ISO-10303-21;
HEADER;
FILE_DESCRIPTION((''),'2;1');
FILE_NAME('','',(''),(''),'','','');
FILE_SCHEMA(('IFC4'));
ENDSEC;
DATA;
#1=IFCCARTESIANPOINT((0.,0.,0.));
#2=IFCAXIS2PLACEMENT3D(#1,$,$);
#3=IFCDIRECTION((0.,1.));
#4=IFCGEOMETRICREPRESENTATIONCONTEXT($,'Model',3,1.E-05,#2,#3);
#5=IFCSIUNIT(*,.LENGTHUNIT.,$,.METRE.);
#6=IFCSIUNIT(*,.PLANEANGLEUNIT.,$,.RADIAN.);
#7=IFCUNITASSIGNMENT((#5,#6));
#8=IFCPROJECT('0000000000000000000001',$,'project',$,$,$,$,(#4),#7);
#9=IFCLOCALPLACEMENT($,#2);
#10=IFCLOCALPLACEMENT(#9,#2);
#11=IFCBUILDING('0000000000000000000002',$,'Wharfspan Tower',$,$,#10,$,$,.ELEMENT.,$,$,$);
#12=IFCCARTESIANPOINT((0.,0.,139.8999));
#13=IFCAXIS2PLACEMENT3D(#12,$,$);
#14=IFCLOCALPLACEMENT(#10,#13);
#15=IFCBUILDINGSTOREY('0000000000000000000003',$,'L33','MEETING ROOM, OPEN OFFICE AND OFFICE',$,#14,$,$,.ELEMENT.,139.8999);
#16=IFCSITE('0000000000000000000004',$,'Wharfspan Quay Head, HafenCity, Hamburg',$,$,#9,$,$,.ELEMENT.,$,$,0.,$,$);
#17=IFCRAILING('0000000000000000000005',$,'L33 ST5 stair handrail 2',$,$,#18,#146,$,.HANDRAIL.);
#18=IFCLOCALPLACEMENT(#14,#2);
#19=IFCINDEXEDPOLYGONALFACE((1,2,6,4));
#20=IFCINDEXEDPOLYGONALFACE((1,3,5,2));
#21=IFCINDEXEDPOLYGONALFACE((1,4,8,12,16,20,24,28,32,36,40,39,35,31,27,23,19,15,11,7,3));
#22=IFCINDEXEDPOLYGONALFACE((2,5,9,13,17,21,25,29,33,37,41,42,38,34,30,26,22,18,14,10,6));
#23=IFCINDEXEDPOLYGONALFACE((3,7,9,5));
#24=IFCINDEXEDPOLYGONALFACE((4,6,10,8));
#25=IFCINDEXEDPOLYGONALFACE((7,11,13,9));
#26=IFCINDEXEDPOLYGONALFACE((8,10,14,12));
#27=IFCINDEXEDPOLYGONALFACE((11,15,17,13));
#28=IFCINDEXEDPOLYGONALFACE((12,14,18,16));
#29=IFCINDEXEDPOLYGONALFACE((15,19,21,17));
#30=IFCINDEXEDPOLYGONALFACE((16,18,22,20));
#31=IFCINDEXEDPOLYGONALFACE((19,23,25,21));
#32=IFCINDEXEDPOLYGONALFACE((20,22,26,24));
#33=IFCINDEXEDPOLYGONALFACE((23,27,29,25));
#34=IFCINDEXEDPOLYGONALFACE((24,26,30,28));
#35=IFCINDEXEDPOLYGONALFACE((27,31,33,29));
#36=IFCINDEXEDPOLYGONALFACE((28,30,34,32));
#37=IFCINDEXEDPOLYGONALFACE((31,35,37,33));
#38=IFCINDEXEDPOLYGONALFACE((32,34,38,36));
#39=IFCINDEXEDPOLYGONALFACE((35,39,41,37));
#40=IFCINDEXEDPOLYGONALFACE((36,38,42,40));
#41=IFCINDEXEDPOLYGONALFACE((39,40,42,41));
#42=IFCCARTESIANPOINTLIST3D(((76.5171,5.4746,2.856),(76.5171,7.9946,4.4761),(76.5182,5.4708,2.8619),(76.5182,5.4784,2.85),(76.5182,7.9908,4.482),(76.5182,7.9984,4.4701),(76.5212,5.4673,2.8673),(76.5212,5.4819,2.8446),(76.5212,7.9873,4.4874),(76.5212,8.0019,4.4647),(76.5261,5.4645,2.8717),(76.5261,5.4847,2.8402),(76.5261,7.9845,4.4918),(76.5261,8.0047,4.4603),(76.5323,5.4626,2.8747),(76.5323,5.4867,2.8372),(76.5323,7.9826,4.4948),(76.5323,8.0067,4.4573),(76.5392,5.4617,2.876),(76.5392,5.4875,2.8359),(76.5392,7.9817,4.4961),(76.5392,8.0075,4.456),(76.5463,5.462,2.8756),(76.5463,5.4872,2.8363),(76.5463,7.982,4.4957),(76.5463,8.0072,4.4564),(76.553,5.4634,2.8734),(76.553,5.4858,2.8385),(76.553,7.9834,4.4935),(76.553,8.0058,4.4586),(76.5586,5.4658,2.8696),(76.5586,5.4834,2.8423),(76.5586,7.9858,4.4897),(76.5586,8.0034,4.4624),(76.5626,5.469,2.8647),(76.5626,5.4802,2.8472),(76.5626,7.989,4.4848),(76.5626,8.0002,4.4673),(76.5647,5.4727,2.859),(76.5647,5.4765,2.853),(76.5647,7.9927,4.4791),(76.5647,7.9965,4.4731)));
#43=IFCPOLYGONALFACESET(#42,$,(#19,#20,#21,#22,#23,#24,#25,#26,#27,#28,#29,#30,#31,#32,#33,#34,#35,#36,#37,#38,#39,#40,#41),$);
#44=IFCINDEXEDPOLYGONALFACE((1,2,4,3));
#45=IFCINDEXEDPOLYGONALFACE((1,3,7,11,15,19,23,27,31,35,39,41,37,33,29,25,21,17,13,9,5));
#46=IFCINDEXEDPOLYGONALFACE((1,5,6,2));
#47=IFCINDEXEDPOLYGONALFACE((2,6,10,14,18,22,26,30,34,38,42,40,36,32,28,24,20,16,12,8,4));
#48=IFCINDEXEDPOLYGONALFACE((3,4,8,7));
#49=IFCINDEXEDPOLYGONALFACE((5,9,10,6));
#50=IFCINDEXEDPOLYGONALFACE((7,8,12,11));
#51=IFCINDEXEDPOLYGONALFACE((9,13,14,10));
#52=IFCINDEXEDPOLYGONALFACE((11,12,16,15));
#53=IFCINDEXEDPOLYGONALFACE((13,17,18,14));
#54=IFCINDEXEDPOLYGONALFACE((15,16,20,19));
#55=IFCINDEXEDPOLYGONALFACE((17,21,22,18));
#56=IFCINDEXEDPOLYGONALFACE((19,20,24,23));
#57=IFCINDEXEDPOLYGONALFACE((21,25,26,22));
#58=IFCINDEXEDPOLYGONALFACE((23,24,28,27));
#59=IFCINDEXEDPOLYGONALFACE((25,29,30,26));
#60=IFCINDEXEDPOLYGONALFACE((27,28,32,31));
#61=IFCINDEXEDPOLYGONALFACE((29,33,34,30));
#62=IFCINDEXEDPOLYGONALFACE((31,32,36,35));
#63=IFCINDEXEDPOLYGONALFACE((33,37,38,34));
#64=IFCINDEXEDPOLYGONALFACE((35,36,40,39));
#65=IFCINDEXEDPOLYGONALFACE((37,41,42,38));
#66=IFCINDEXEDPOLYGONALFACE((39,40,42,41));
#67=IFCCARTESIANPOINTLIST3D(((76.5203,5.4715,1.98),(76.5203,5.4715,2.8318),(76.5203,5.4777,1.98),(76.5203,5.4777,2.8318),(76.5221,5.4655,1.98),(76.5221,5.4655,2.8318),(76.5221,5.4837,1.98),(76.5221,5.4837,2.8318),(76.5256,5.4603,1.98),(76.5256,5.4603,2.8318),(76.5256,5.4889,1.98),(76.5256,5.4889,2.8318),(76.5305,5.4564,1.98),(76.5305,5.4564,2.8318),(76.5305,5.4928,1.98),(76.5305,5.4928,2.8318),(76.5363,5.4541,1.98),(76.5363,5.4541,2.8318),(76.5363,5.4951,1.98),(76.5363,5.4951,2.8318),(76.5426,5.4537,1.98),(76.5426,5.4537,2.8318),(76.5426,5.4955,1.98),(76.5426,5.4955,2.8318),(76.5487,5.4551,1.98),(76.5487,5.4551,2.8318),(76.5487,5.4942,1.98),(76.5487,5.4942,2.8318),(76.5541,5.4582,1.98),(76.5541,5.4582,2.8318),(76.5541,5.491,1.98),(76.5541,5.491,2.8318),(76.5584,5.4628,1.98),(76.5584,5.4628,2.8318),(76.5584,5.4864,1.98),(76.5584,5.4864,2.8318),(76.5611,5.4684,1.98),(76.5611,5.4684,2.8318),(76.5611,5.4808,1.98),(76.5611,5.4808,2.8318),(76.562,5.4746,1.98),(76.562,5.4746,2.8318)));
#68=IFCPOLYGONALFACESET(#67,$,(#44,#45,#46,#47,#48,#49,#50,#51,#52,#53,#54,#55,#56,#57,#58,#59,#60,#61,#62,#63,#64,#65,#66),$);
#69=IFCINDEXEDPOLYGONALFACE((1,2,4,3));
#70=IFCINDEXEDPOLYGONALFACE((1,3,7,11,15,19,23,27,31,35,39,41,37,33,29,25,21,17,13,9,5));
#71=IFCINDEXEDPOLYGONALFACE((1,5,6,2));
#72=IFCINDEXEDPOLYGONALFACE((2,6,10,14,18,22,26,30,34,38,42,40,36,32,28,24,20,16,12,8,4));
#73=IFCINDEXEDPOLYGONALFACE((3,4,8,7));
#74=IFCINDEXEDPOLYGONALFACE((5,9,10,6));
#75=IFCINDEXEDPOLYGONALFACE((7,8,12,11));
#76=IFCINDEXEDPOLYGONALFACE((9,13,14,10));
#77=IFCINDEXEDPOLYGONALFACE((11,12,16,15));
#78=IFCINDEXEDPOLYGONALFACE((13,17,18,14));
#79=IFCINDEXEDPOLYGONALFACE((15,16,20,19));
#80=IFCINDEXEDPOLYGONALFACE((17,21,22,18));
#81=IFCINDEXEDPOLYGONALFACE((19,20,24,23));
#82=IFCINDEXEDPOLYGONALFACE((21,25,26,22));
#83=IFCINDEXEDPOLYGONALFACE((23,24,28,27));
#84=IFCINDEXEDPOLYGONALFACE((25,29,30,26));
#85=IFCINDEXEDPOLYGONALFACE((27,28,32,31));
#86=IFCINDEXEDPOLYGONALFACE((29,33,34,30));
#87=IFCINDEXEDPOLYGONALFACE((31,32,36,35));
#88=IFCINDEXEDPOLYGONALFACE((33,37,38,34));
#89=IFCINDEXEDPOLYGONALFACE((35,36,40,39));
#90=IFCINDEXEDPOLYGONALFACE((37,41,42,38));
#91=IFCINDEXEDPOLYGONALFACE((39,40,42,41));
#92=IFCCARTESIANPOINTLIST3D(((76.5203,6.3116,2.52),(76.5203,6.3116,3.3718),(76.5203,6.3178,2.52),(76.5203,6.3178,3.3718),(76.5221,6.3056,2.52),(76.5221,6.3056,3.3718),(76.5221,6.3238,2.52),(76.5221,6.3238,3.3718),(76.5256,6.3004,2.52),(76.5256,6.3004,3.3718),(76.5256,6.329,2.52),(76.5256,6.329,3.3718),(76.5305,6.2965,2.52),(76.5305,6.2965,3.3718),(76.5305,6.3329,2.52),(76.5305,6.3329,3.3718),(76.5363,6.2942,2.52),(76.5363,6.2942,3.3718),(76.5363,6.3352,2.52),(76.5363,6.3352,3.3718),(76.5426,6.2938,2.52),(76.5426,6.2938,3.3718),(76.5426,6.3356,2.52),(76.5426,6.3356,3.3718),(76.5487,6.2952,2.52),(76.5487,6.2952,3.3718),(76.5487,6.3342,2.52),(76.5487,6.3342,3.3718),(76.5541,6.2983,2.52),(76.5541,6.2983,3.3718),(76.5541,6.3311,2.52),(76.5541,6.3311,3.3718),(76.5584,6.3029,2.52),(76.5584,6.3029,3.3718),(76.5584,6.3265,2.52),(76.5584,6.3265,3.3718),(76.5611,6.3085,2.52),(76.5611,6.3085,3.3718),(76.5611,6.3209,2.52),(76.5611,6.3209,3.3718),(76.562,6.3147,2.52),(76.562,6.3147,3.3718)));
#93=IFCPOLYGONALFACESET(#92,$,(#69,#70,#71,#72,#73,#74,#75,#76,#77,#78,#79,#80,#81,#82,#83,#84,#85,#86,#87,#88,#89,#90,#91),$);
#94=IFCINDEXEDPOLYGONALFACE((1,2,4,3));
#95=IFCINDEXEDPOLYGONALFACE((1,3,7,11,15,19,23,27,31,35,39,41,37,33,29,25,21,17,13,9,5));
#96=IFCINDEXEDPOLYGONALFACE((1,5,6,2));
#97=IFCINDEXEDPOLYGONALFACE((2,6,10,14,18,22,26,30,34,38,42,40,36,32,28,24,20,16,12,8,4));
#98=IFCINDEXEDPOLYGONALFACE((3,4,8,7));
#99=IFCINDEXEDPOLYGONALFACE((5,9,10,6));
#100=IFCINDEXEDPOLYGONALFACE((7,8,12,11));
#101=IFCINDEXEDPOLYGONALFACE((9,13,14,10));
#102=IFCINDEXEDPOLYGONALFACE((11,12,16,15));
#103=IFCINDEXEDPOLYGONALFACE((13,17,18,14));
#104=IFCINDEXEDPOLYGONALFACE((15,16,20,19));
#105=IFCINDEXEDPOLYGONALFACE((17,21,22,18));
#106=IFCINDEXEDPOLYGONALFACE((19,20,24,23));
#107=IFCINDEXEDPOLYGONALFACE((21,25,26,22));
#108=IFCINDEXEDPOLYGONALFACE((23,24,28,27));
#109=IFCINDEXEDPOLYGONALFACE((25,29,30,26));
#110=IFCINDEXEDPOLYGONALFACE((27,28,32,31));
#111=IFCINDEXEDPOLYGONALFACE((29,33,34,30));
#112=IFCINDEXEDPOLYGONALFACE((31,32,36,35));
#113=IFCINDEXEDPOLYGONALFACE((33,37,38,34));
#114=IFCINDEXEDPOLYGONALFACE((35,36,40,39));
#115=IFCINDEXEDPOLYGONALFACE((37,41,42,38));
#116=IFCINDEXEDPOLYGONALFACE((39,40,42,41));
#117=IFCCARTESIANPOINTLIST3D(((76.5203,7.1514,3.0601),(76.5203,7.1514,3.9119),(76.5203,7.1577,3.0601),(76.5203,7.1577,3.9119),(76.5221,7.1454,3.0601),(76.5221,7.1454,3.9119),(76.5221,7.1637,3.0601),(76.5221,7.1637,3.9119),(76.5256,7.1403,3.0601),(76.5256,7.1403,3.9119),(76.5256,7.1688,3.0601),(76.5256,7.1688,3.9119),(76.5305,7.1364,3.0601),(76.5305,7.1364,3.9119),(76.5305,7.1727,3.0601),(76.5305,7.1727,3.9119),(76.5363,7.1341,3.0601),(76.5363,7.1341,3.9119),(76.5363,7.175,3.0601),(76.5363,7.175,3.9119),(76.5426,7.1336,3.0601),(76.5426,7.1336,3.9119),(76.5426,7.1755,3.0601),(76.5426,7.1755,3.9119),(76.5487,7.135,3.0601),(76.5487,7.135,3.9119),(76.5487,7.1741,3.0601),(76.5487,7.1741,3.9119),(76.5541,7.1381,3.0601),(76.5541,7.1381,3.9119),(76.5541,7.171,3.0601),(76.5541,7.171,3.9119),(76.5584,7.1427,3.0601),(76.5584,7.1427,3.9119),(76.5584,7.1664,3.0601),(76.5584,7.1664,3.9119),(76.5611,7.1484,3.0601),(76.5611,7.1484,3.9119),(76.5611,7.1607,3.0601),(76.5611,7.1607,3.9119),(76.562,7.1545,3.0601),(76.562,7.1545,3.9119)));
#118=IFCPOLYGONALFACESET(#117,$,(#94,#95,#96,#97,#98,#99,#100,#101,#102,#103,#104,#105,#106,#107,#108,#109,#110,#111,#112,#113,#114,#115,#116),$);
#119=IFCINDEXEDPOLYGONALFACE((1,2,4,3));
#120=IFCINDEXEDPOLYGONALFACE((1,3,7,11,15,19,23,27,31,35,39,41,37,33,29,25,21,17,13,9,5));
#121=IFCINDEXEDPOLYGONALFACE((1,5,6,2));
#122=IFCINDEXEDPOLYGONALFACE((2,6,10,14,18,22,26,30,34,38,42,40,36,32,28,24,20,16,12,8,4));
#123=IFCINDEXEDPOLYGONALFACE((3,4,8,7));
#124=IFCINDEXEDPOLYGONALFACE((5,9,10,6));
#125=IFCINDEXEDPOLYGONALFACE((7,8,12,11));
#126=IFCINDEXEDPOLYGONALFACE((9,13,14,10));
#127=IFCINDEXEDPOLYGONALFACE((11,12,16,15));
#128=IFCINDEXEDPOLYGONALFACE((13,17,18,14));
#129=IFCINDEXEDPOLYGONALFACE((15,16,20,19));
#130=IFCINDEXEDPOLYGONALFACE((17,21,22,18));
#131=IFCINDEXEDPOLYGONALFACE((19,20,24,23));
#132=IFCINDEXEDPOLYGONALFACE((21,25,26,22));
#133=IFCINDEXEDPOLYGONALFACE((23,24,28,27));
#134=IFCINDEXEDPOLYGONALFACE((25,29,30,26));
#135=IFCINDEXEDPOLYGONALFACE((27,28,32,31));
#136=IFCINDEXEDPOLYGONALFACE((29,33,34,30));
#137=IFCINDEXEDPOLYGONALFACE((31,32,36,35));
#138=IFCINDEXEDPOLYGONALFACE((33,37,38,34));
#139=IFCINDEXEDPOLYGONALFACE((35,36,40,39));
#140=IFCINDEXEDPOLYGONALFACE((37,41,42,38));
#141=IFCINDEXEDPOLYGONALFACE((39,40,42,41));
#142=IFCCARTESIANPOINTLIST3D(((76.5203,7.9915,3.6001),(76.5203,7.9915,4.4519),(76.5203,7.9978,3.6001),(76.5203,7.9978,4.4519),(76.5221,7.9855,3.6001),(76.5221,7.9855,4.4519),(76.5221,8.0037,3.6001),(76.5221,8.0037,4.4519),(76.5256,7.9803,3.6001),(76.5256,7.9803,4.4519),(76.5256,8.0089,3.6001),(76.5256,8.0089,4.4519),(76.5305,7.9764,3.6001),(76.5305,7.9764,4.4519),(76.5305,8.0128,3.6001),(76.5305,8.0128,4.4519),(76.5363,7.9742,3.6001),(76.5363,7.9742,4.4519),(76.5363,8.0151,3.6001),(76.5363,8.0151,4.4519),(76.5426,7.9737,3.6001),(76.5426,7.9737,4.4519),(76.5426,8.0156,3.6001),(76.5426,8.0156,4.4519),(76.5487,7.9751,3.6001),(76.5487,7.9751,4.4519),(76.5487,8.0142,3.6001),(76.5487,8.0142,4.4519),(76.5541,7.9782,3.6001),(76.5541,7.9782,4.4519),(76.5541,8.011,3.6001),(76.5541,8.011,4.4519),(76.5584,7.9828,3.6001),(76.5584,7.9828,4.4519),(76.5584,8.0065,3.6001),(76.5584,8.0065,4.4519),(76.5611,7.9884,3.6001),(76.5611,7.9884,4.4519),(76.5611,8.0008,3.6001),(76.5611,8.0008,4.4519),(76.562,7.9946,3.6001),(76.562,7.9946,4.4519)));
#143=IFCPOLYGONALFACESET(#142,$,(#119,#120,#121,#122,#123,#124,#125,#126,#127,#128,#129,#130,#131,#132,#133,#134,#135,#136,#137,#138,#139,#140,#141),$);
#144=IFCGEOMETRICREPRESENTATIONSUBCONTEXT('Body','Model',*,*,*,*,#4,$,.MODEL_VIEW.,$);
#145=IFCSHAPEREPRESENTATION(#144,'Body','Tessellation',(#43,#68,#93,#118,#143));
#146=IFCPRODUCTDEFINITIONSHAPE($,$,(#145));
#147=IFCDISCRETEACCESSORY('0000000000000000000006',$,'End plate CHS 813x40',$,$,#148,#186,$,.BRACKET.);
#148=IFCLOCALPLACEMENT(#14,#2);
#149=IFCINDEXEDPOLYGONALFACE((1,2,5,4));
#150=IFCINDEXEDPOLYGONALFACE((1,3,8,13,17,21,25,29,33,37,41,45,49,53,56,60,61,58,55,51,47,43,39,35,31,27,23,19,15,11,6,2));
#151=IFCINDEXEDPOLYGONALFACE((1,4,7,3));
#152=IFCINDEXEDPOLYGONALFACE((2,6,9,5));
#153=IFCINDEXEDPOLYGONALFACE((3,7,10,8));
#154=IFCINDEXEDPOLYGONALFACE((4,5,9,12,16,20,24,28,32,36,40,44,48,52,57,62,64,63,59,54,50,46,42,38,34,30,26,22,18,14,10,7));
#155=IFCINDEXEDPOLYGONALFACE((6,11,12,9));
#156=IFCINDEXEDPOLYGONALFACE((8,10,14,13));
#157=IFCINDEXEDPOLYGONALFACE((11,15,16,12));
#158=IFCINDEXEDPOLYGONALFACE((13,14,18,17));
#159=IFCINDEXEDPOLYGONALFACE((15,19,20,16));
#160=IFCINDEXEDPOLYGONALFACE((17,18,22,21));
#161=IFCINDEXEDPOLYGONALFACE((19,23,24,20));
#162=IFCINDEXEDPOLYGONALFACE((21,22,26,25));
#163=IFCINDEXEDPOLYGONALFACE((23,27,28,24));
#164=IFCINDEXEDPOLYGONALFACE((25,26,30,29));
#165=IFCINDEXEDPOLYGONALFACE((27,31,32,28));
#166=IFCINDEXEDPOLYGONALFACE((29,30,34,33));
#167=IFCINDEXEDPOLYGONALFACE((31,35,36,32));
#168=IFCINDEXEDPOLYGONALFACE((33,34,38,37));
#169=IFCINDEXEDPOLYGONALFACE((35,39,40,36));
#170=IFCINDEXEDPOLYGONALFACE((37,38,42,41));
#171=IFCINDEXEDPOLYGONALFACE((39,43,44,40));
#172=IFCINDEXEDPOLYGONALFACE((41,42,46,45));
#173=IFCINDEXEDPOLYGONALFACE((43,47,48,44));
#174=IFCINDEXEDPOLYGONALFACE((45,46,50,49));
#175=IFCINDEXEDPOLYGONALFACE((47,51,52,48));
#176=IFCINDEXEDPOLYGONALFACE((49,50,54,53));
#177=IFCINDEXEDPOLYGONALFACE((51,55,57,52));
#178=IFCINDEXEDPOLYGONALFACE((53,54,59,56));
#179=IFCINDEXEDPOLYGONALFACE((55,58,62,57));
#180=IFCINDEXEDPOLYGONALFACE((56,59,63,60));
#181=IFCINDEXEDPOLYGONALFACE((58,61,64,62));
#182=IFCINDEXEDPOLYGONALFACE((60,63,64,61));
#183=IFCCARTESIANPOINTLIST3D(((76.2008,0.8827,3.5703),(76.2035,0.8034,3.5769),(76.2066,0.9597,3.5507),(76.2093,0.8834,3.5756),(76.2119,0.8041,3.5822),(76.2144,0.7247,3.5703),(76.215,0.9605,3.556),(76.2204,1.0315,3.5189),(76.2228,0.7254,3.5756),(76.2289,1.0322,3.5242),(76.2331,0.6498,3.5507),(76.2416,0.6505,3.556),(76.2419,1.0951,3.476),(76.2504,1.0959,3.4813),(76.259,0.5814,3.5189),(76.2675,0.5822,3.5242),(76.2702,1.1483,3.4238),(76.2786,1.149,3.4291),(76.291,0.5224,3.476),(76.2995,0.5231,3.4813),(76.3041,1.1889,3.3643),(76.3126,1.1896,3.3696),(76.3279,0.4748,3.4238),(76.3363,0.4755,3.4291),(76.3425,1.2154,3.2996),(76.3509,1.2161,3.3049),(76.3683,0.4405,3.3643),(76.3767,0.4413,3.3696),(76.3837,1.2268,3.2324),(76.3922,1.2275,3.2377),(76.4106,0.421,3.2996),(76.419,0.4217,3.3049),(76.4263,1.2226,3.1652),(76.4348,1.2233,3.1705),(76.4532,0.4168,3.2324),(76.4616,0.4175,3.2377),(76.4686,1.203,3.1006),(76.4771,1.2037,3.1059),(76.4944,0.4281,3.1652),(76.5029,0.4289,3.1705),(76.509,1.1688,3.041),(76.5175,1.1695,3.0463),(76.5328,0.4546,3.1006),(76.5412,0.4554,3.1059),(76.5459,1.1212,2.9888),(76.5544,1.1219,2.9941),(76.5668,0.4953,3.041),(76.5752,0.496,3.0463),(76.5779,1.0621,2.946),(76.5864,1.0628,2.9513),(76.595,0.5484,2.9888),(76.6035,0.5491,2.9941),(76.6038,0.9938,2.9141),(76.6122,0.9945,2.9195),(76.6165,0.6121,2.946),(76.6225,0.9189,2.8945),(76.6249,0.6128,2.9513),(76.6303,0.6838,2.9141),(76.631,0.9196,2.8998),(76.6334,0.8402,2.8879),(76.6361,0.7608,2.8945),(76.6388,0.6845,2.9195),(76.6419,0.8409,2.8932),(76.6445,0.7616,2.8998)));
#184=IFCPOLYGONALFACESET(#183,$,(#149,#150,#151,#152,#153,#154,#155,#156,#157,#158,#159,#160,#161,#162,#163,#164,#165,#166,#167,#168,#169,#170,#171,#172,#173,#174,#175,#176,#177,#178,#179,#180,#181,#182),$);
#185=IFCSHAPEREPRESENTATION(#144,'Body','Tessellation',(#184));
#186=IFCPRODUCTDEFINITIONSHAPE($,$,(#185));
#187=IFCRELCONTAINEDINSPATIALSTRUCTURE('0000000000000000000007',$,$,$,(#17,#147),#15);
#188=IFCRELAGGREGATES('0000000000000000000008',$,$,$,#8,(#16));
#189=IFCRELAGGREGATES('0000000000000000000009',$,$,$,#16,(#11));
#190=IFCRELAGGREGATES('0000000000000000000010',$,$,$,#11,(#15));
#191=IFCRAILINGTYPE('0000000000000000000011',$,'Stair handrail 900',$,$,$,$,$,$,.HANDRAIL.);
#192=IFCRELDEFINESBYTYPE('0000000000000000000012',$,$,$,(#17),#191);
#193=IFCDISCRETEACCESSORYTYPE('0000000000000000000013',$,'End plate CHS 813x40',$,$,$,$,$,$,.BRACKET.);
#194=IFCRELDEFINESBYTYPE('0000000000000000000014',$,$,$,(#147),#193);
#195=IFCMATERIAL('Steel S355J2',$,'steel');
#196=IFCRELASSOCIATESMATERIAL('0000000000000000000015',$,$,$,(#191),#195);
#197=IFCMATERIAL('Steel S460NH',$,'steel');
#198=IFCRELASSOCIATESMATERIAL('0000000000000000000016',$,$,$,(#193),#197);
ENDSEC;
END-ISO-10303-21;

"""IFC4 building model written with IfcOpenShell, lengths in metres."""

from ifc_helpers import new_model, si_unit, direction, frame, origin, origin_2d, place, context, subcontext, project, spatial, circle, extrude, material, material_profile, profile_set, type_object, element, save


model = new_model("IFC4")

# Units and contexts
model_context = context("Model", 3, precision=1e-05, world=origin(), true_north=direction((0.0, 1.0)))
body_context = subcontext(model_context, "Body", "Model", "MODEL_VIEW")
ifc_project = project(units=[si_unit("LENGTHUNIT", "METRE"), si_unit("PLANEANGLEUNIT", "RADIAN")], contexts=[model_context])

# Site, building, storey
site_placement = place(None, origin())
site = spatial("IfcSite", under=ifc_project, at=site_placement, Name="Wharfspan Quay Head, HafenCity, Hamburg", CompositionType="ELEMENT", RefElevation=0.0)
building_placement = place(site_placement, origin())
building = spatial("IfcBuilding", under=site, at=building_placement, Name="Wharfspan Tower", CompositionType="ELEMENT")
storey_placement = place(building_placement, frame((0.0, 0.0, 139.8999)))
storey = spatial("IfcBuildingStorey", under=building, at=storey_placement, Name="L33", Description="MEETING ROOM, OPEN OFFICE AND OFFICE", CompositionType="ELEMENT", Elevation=139.8999)

# Shared definitions
ifc_material_1 = material(Name="Steel S460NH", Category="steel")

# Railing
ifc_material_2 = material(Name="Steel S355J2", Category="steel")
railing_type_1 = type_object("IfcRailingType", Name="Stair handrail 900", PredefinedType="HANDRAIL", material=ifc_material_2)
railing_1_placement = place(storey_placement, frame((76.541, 5.4746, 1.98)))
element("IfcRailing", 1, at=railing_1_placement, inside=storey, type_object=railing_type_1, Name="L33 ST5 stair handrail 2", PredefinedType="HANDRAIL", context=body_context, shape_type="SweptSolid", body=[
    extrude(circle(Radius=0.0239, at=origin_2d()), frame((0.0, 0.0, 0.876), z_axis=(0.0, 0.841163, 0.540782), x_axis=(-1.0, 0.0, 0.0)), (0.0, 0.0, 1.0), 2.9958),
    extrude(circle(Radius=0.021, at=origin_2d()), origin(), (0.0, 0.0, 1.0), 0.8518),
    extrude(circle(Radius=0.021, at=origin_2d()), frame((0.0, 0.8401, 0.54)), (0.0, 0.0, 1.0), 0.8518),
    extrude(circle(Radius=0.021, at=origin_2d()), frame((0.0, 1.6799, 1.0801)), (0.0, 0.0, 1.0), 0.8518),
    extrude(circle(Radius=0.021, at=origin_2d()), frame((0.0, 2.52, 1.6201)), (0.0, 0.0, 1.0), 0.8518),
])

# Discrete accessory
ifc_material_profile_1 = material_profile(ifc_material_1, circle(Radius=0.4065, at=origin_2d()))
ifc_profile_set_1 = profile_set([ifc_material_profile_1], Name="Steel S460NH")
discrete_accessory_type = type_object("IfcDiscreteAccessoryType", Name="End plate CHS 813x40", PredefinedType="BRACKET", material=ifc_profile_set_1)
for number, where, z_axis, x_axis, name in (
    (2, (76.4185, 0.8218, 3.2324), (0.844416, 0.072379, 0.530776), (-0.085402, 0.99635, 0.0), "End plate CHS 813x40"),
):
    element("IfcDiscreteAccessory", number, at=place(storey_placement, frame(where, z_axis=z_axis, x_axis=x_axis)), inside=storey, type_object=discrete_accessory_type, Name=name, PredefinedType="BRACKET", context=body_context, shape_type="SweptSolid", body=[
        extrude(circle(Radius=0.4065, at=origin_2d()), origin(), (0.0, 0.0, 1.0), 0.01),
    ])

save(model, "model.ifc")
